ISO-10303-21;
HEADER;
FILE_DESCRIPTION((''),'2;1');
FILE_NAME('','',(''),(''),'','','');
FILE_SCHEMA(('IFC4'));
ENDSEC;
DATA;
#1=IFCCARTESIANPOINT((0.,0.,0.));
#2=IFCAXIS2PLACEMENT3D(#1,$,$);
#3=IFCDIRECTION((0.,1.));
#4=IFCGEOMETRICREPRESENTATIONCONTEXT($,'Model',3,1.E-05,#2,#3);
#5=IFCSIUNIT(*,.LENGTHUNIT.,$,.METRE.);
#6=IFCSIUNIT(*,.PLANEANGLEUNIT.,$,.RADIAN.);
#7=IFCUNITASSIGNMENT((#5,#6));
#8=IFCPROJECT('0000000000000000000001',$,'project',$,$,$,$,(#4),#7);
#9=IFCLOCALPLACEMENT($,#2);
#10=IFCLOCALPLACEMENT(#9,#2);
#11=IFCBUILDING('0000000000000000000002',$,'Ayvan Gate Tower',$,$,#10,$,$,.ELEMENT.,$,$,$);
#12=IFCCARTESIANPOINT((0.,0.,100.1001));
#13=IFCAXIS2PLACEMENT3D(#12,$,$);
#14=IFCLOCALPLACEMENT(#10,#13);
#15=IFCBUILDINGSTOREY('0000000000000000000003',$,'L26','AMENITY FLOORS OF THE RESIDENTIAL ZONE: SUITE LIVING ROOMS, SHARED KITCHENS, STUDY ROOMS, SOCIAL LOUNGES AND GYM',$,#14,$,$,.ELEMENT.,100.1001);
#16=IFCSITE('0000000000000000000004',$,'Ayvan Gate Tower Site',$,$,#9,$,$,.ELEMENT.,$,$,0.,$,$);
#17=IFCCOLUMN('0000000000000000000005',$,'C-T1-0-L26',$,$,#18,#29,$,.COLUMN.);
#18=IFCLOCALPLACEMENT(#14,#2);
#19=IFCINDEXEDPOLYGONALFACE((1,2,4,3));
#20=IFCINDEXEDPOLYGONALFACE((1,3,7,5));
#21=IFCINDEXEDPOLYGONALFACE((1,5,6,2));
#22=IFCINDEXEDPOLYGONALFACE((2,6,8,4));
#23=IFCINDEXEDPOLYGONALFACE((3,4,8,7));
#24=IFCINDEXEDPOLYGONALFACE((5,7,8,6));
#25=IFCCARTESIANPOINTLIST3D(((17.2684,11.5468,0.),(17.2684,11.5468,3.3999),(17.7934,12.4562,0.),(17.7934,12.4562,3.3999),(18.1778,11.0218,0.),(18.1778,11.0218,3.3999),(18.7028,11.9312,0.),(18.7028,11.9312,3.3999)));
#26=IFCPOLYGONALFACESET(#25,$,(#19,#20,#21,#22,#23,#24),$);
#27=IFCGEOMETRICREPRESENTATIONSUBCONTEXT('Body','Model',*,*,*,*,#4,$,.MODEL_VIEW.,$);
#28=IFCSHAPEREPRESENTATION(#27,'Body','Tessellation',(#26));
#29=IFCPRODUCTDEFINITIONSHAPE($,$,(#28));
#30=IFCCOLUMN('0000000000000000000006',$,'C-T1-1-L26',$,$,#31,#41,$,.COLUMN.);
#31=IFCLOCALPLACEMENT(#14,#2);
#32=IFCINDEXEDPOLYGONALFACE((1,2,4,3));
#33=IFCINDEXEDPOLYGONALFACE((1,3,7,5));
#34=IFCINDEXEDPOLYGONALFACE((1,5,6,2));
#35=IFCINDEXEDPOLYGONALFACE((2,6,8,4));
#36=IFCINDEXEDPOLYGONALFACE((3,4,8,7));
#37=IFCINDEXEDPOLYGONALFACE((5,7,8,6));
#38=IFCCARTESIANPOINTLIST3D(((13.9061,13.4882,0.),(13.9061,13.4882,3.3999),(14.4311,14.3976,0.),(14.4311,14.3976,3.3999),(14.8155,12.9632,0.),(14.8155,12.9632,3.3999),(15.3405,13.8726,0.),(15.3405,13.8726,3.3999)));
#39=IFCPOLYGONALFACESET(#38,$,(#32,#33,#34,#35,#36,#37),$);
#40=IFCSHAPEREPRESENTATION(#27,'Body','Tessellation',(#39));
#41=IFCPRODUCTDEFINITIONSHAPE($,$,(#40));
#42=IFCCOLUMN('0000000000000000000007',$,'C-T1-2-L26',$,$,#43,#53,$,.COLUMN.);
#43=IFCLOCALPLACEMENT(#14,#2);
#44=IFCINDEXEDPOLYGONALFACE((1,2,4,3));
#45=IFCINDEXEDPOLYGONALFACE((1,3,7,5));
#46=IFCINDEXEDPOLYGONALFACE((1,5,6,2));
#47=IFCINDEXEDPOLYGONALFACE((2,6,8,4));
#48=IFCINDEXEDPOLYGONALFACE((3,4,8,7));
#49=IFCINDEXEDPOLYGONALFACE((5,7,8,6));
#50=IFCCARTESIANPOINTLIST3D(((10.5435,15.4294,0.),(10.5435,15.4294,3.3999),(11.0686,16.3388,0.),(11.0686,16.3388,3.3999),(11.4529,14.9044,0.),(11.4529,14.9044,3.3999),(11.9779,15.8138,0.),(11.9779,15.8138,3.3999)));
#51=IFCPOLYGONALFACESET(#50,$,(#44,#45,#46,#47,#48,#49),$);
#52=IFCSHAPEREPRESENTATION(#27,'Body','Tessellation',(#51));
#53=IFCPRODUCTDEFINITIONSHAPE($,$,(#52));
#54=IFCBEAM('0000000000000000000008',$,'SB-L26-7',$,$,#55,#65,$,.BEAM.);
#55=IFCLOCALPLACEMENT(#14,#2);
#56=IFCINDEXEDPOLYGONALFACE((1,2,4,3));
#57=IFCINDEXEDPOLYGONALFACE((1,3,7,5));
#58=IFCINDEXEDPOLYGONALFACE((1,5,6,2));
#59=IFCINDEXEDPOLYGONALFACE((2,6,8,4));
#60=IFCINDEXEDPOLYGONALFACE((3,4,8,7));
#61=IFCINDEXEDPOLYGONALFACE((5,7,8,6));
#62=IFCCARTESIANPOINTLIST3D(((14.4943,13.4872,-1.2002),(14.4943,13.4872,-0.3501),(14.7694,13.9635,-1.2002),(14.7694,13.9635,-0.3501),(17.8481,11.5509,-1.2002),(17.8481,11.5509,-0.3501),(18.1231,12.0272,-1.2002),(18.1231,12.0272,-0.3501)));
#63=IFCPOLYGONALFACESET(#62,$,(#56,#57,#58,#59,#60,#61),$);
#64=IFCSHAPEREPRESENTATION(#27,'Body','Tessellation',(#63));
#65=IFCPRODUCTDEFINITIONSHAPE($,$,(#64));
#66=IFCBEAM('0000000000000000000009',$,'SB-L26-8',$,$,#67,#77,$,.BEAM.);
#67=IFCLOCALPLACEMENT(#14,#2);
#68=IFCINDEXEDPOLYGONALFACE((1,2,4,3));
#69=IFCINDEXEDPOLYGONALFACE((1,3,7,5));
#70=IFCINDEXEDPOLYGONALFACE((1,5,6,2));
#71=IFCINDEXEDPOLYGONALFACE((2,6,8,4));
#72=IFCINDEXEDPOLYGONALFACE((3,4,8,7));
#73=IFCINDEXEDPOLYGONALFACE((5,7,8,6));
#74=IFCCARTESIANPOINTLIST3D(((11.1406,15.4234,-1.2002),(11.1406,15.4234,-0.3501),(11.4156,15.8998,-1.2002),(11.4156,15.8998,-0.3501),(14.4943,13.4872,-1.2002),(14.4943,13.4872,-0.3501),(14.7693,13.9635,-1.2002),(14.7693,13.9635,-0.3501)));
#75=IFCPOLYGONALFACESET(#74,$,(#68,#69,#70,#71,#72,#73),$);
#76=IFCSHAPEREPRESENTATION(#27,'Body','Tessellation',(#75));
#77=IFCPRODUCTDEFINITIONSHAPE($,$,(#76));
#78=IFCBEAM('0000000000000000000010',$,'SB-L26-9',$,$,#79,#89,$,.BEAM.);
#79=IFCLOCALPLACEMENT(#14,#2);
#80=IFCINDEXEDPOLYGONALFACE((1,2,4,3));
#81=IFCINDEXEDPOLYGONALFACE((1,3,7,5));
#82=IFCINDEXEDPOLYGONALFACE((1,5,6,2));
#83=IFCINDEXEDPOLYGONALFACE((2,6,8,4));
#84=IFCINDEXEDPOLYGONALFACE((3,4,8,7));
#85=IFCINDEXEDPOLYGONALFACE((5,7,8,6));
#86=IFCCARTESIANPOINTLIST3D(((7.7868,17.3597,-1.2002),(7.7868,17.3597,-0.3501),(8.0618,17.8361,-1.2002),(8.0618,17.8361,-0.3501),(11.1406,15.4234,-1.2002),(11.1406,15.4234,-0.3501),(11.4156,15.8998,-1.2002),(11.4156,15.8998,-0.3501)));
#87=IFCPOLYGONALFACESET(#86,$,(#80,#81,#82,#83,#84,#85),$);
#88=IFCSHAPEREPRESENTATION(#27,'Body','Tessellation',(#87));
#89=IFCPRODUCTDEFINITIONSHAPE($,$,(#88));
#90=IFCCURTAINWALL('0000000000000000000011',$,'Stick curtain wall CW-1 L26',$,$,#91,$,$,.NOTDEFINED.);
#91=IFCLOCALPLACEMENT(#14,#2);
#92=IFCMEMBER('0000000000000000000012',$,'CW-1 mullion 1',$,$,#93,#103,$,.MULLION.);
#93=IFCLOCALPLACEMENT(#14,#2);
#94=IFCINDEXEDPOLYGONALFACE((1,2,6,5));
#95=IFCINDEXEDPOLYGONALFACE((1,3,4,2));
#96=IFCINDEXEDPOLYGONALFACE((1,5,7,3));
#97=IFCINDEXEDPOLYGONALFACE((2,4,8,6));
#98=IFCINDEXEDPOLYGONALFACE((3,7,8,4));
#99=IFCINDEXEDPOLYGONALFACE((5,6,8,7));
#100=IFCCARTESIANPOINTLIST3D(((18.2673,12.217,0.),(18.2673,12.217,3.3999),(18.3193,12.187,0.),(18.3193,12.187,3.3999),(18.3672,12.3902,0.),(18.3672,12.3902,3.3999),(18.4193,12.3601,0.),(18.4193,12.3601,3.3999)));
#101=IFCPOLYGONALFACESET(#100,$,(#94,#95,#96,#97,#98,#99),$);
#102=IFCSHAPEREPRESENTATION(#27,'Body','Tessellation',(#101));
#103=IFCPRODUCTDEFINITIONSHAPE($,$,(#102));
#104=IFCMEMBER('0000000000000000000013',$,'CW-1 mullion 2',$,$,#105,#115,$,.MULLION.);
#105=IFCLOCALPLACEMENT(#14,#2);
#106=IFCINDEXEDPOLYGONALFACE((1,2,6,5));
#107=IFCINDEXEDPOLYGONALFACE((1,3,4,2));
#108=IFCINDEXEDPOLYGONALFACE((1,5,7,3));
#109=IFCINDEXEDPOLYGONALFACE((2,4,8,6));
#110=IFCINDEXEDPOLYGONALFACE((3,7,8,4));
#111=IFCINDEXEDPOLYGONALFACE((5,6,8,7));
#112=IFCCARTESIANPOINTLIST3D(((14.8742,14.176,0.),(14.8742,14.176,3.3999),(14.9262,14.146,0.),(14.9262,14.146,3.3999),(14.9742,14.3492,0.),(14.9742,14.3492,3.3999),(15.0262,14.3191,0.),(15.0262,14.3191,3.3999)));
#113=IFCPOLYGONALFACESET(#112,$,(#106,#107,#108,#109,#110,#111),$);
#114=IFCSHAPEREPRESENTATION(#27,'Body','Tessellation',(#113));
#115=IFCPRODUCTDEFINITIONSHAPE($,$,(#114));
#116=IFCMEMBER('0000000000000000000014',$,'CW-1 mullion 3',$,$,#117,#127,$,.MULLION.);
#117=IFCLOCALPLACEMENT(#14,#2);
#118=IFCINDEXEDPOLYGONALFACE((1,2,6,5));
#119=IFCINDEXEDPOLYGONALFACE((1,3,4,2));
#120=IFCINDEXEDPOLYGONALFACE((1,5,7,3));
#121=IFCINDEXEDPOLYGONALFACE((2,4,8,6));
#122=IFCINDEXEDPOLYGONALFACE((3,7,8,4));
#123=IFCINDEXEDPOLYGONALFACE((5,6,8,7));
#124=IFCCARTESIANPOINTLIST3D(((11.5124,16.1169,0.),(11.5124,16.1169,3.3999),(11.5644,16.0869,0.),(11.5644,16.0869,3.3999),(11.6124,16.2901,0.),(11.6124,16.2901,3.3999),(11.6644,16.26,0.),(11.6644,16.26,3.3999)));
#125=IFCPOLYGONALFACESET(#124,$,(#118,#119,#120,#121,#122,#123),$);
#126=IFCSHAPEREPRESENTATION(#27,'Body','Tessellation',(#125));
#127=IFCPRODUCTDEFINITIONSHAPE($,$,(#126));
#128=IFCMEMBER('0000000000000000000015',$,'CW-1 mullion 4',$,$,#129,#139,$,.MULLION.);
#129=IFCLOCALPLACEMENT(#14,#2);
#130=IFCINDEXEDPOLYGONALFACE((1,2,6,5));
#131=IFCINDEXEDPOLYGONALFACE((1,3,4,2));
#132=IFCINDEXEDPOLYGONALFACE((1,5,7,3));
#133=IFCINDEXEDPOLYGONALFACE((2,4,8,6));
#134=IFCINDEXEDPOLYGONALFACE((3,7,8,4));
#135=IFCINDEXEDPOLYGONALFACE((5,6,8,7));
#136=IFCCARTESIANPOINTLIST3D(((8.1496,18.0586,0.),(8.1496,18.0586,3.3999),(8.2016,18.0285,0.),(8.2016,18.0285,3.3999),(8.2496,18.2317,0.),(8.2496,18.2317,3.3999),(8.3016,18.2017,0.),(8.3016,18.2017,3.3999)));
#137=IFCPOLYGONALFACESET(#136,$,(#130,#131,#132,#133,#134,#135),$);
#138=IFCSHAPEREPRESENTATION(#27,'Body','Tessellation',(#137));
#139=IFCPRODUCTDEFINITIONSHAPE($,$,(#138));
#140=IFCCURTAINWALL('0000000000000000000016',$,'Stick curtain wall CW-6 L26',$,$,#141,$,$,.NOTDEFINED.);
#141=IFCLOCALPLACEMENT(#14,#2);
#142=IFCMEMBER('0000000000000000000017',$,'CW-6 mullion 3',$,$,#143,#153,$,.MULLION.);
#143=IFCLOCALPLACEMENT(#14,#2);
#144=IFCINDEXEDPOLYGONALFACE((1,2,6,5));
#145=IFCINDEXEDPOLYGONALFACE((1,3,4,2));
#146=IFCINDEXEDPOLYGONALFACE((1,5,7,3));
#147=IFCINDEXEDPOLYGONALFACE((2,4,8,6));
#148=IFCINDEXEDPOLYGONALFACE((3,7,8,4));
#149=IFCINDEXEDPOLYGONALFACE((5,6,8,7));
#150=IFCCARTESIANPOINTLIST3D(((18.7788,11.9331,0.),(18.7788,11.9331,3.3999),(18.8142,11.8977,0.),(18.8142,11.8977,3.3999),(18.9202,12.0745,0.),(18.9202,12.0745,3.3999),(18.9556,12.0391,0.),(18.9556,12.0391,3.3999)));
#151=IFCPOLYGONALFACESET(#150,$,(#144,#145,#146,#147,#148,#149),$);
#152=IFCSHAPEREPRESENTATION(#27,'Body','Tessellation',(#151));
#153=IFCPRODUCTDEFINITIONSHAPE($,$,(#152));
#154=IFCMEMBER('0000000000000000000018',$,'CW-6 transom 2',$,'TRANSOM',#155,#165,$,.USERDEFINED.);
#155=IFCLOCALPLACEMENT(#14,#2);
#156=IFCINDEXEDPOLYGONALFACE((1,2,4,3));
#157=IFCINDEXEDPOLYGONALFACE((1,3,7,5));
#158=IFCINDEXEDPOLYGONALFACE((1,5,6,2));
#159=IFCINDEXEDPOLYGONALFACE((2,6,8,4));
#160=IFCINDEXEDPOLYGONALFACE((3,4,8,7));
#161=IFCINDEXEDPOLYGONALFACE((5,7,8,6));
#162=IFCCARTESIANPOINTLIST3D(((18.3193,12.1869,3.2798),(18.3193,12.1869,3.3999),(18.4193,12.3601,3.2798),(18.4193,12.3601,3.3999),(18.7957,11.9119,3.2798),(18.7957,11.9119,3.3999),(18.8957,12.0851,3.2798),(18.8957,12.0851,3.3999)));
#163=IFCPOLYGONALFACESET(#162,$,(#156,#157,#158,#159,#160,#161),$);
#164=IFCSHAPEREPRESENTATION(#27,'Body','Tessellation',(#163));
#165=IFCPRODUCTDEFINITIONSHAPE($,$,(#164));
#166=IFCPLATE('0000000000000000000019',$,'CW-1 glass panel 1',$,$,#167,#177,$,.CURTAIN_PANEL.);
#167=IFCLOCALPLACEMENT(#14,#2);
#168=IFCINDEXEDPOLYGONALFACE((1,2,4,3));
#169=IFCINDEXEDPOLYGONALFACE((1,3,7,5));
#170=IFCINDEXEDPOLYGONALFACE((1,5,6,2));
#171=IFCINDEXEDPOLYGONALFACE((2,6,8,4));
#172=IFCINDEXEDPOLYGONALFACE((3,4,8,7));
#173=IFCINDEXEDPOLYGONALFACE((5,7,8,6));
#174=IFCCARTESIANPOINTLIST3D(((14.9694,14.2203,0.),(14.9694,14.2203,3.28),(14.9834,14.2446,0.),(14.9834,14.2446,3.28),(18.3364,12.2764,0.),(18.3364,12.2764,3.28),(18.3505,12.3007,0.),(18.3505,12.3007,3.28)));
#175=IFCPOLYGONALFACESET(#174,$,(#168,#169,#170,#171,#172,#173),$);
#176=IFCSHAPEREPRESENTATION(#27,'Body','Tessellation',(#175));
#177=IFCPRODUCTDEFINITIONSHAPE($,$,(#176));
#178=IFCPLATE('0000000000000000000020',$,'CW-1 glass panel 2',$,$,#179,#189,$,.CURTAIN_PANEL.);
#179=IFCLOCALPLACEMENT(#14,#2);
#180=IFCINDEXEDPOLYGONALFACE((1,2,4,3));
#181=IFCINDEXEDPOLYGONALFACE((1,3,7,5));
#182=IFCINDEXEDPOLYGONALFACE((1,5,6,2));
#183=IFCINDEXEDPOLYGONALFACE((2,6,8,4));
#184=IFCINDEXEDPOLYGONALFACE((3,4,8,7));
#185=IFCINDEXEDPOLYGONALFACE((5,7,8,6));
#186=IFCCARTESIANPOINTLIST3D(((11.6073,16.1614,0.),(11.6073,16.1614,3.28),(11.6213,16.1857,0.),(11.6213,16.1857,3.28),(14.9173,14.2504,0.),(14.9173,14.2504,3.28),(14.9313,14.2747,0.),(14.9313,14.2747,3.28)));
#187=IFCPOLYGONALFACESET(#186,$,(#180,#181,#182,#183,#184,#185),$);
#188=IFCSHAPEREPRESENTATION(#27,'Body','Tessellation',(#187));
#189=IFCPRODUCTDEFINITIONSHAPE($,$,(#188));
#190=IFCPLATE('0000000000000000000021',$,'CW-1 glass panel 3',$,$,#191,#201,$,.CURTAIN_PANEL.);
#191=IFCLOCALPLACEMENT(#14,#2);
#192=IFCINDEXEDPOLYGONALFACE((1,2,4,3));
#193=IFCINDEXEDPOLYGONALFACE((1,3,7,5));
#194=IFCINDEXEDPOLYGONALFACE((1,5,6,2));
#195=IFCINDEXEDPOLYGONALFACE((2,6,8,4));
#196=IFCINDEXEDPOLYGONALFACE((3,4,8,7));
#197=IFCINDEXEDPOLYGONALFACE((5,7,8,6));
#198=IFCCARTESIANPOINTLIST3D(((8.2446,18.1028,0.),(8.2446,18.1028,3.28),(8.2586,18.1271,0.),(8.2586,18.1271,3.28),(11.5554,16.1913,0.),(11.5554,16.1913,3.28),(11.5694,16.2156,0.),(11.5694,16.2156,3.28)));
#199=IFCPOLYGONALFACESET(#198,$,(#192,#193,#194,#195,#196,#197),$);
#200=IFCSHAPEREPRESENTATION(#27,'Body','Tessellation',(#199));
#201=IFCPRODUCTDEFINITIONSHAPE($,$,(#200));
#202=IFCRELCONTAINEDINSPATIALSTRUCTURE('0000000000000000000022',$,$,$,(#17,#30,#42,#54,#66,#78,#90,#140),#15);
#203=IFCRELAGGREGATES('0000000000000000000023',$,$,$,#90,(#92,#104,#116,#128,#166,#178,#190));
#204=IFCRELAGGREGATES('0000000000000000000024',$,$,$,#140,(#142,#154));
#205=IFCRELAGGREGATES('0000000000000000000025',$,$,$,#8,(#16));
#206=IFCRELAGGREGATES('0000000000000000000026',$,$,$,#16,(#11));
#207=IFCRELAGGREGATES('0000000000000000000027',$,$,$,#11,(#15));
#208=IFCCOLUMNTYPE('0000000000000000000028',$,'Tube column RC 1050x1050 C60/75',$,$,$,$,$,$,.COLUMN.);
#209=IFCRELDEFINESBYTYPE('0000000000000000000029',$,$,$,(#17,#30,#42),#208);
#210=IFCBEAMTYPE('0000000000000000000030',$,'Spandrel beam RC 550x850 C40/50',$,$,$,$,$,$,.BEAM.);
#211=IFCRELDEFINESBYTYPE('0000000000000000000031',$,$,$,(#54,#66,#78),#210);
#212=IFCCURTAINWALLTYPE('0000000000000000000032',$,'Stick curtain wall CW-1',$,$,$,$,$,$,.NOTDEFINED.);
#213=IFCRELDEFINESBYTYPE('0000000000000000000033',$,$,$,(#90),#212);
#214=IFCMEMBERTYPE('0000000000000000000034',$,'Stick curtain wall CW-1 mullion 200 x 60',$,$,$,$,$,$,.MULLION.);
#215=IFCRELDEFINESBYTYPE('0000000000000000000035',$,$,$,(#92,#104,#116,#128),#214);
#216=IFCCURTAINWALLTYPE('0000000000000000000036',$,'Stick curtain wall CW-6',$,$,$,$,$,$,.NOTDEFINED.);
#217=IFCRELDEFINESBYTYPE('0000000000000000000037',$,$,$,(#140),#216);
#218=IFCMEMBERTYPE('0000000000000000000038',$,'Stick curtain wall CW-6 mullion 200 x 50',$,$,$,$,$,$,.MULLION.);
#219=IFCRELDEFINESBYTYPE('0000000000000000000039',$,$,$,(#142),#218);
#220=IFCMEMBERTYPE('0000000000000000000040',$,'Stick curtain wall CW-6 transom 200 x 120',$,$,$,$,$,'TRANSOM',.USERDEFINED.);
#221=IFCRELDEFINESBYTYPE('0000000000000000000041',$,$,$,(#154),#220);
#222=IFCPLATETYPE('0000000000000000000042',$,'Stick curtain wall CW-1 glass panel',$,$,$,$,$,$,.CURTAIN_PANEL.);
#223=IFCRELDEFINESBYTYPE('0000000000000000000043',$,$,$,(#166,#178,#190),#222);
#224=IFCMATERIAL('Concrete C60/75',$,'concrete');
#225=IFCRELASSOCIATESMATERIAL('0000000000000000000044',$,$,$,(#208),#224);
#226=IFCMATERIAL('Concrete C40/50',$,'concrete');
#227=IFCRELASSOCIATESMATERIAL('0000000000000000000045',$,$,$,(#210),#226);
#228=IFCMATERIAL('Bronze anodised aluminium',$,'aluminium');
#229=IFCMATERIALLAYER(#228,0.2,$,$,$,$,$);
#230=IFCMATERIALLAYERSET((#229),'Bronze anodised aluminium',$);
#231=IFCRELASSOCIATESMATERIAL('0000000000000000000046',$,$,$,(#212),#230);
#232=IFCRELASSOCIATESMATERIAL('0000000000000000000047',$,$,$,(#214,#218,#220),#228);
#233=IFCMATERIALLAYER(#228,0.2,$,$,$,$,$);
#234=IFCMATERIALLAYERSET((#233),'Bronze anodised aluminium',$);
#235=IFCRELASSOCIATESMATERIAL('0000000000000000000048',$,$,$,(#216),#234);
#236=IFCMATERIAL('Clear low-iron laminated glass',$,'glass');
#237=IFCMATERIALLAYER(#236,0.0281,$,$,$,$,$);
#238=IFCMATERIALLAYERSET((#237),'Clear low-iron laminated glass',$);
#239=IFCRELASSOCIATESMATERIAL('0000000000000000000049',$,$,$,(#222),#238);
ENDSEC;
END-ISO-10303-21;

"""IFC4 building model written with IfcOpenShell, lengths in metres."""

from ifc_helpers import new_model, si_unit, direction, frame, origin, origin_2d, place, context, subcontext, project, spatial, rectangle, extrude, material, layer, layer_set, material_profile, profile_set, type_object, element, aggregate, save


model = new_model("IFC4")

# Units and contexts
model_context = context("Model", 3, precision=1e-05, world=origin(), true_north=direction((0.0, 1.0)))
body_context = subcontext(model_context, "Body", "Model", "MODEL_VIEW")
ifc_project = project(units=[si_unit("LENGTHUNIT", "METRE"), si_unit("PLANEANGLEUNIT", "RADIAN")], contexts=[model_context])

# Site, building, storey
site_placement = place(None, origin())
site = spatial("IfcSite", under=ifc_project, at=site_placement, Name="Ayvan Gate Tower Site", CompositionType="ELEMENT", RefElevation=0.0)
building_placement = place(site_placement, origin())
building = spatial("IfcBuilding", under=site, at=building_placement, Name="Ayvan Gate Tower", CompositionType="ELEMENT")
storey_placement = place(building_placement, frame((0.0, 0.0, 100.1001)))
storey = spatial("IfcBuildingStorey", under=building, at=storey_placement, Name="L26", Description="AMENITY FLOORS OF THE RESIDENTIAL ZONE: SUITE LIVING ROOMS, SHARED KITCHENS, STUDY ROOMS, SOCIAL LOUNGES AND GYM", CompositionType="ELEMENT", Elevation=100.1001)

# Columns
ifc_material_1 = material(Name="Concrete C60/75", Category="concrete")
ifc_material_profile_1 = material_profile(ifc_material_1, rectangle(XDim=1.05, YDim=1.05, at=origin_2d()), Name="RC 1050x1050")
ifc_profile_set_1 = profile_set([ifc_material_profile_1], Name="Concrete C60/75")
column_type = type_object("IfcColumnType", Name="Tube column RC 1050x1050 C60/75", PredefinedType="COLUMN", material=ifc_profile_set_1)
for number, where, z_axis, x_axis, name in (
    (1, (17.9856, 11.739, 0.0), (0.0, 0.0, 1.0), (0.5, 0.866025, 0.0), "C-T1-0-L26"),
    (2, (14.6233, 13.6804, 0.0), (0.0, 0.0, 1.0), (0.5, 0.866025, 0.0), "C-T1-1-L26"),
    (3, (11.2607, 15.6216, 0.0), (0.0, 0.0, 1.0), (0.5, 0.866025, 0.0), "C-T1-2-L26"),
):
    element("IfcColumn", number, at=place(storey_placement, frame(where, z_axis=z_axis, x_axis=x_axis)), inside=storey, type_object=column_type, Name=name, PredefinedType="COLUMN", context=body_context, shape_type="SweptSolid", body=[
        extrude(rectangle(XDim=1.05, YDim=1.05, at=origin_2d()), origin(), (0.0, 0.0, 1.0), 3.3999),
    ])

# Beams
ifc_material_2 = material(Name="Concrete C40/50", Category="concrete")
ifc_material_profile_2 = material_profile(ifc_material_2, rectangle(XDim=0.55, YDim=0.8501, at=origin_2d()), Name="RC 550x850")
ifc_profile_set_2 = profile_set([ifc_material_profile_2], Name="Concrete C40/50")
beam_type = type_object("IfcBeamType", Name="Spandrel beam RC 550x850 C40/50", PredefinedType="BEAM", material=ifc_profile_set_2)
for number, where, z_axis, x_axis, name in (
    (4, (17.9856, 11.7891, -0.7751), (-0.866027, 0.499997, 0.0), (-0.499997, -0.866027, 0.0), "SB-L26-7"),
    (5, (14.6318, 13.7253, -0.7751), (-0.866027, 0.499997, 0.0), (-0.499997, -0.866027, 0.0), "SB-L26-8"),
    (6, (11.2781, 15.6616, -0.7751), (-0.866027, 0.499997, 0.0), (-0.499997, -0.866027, 0.0), "SB-L26-9"),
):
    element("IfcBeam", number, at=place(storey_placement, frame(where, z_axis=z_axis, x_axis=x_axis)), inside=storey, type_object=beam_type, Name=name, PredefinedType="BEAM", context=body_context, shape_type="SweptSolid", body=[
        extrude(rectangle(XDim=0.55, YDim=0.8501, at=origin_2d()), origin(), (0.0, 0.0, 1.0), 3.8726),
    ])

# Curtain walls, members
ifc_material_3 = material(Name="Bronze anodised aluminium", Category="aluminium")
ifc_layer_1 = layer(ifc_material_3, 0.2)
ifc_layer_set_1 = layer_set([ifc_layer_1], Name="Bronze anodised aluminium")
curtain_wall_type_1 = type_object("IfcCurtainWallType", Name="Stick curtain wall CW-1", PredefinedType="NOTDEFINED", material=ifc_layer_set_1)
curtain_wall_1_placement = place(storey_placement, origin())
curtain_wall_1 = element("IfcCurtainWall", 7, at=curtain_wall_1_placement, inside=storey, type_object=curtain_wall_type_1, Name="Stick curtain wall CW-1 L26", PredefinedType="NOTDEFINED")
ifc_material_profile_3 = material_profile(ifc_material_3, rectangle(XDim=0.2, YDim=0.0601, at=origin_2d()), Name="Stick curtain wall CW-1 mullion 200 x 60")
ifc_profile_set_3 = profile_set([ifc_material_profile_3], Name="Bronze anodised aluminium")
member_type_1 = type_object("IfcMemberType", Name="Stick curtain wall CW-1 mullion 200 x 60", PredefinedType="MULLION", material=ifc_profile_set_3)
member_1_placement = place(storey_placement, frame((18.3433, 12.2886, 0.0), z_axis=(0.0, 0.0, 1.0), x_axis=(0.5, 0.866025, 0.0)))
member_1 = element("IfcMember", 8, at=member_1_placement, type_object=member_type_1, Name="CW-1 mullion 1", PredefinedType="MULLION", context=body_context, shape_type="SweptSolid", body=[
    extrude(rectangle(XDim=0.2, YDim=0.0601, at=origin_2d()), origin(), (0.0, 0.0, 1.0), 3.3999),
])
member_2_placement = place(storey_placement, frame((14.9502, 14.2476, 0.0), z_axis=(0.0, 0.0, 1.0), x_axis=(0.5, 0.866025, 0.0)))
member_2 = element("IfcMember", 9, at=member_2_placement, type_object=member_type_1, Name="CW-1 mullion 2", PredefinedType="MULLION", context=body_context, shape_type="SweptSolid", body=[
    extrude(rectangle(XDim=0.2, YDim=0.0601, at=origin_2d()), origin(), (0.0, 0.0, 1.0), 3.3999),
])
member_3_placement = place(storey_placement, frame((11.5884, 16.1885, 0.0), z_axis=(0.0, 0.0, 1.0), x_axis=(0.5, 0.866025, 0.0)))
member_3 = element("IfcMember", 10, at=member_3_placement, type_object=member_type_1, Name="CW-1 mullion 3", PredefinedType="MULLION", context=body_context, shape_type="SweptSolid", body=[
    extrude(rectangle(XDim=0.2, YDim=0.0601, at=origin_2d()), origin(), (0.0, 0.0, 1.0), 3.3999),
])
member_4_placement = place(storey_placement, frame((8.2256, 18.1301, 0.0), z_axis=(0.0, 0.0, 1.0), x_axis=(0.5, 0.866025, 0.0)))
member_4 = element("IfcMember", 11, at=member_4_placement, type_object=member_type_1, Name="CW-1 mullion 4", PredefinedType="MULLION", context=body_context, shape_type="SweptSolid", body=[
    extrude(rectangle(XDim=0.2, YDim=0.0601, at=origin_2d()), origin(), (0.0, 0.0, 1.0), 3.3999),
])
ifc_layer_2 = layer(ifc_material_3, 0.2)
ifc_layer_set_2 = layer_set([ifc_layer_2], Name="Bronze anodised aluminium")
curtain_wall_type_2 = type_object("IfcCurtainWallType", Name="Stick curtain wall CW-6", PredefinedType="NOTDEFINED", material=ifc_layer_set_2)
curtain_wall_2_placement = place(storey_placement, origin())
curtain_wall_2 = element("IfcCurtainWall", 12, at=curtain_wall_2_placement, inside=storey, type_object=curtain_wall_type_2, Name="Stick curtain wall CW-6 L26", PredefinedType="NOTDEFINED")
ifc_material_profile_4 = material_profile(ifc_material_3, rectangle(XDim=0.2, YDim=0.05, at=origin_2d()), Name="Stick curtain wall CW-6 mullion 200 x 50")
ifc_profile_set_4 = profile_set([ifc_material_profile_4], Name="Bronze anodised aluminium")
member_type_2 = type_object("IfcMemberType", Name="Stick curtain wall CW-6 mullion 200 x 50", PredefinedType="MULLION", material=ifc_profile_set_4)
member_5_placement = place(storey_placement, frame((18.8672, 11.9861, 0.0), z_axis=(0.0, 0.0, 1.0), x_axis=(0.707107, 0.707107, 0.0)))
member_5 = element("IfcMember", 13, at=member_5_placement, type_object=member_type_2, Name="CW-6 mullion 3", PredefinedType="MULLION", context=body_context, shape_type="SweptSolid", body=[
    extrude(rectangle(XDim=0.2, YDim=0.05, at=origin_2d()), origin(), (0.0, 0.0, 1.0), 3.3999),
])
ifc_material_profile_5 = material_profile(ifc_material_3, rectangle(XDim=0.2, YDim=0.1201, at=origin_2d()), Name="Stick curtain wall CW-6 transom 200 x 120")
ifc_profile_set_5 = profile_set([ifc_material_profile_5], Name="Bronze anodised aluminium")
member_type_3 = type_object("IfcMemberType", Name="Stick curtain wall CW-6 transom 200 x 120", ElementType="TRANSOM", PredefinedType="USERDEFINED", material=ifc_profile_set_5)
member_6_placement = place(storey_placement, frame((18.8457, 11.9985, 3.3398), z_axis=(-0.866104, 0.499863, 0.0), x_axis=(-0.499863, -0.866104, 0.0)))
member_6 = element("IfcMember", 14, at=member_6_placement, type_object=member_type_3, Name="CW-6 transom 2", ObjectType="TRANSOM", PredefinedType="USERDEFINED", context=body_context, shape_type="SweptSolid", body=[
    extrude(rectangle(XDim=0.2, YDim=0.1201, at=origin_2d()), origin(), (0.0, 0.0, 1.0), 0.55),
])

# Plates
ifc_material_4 = material(Name="Clear low-iron laminated glass", Category="glass")
ifc_layer_3 = layer(ifc_material_4, 0.0281)
ifc_layer_set_3 = layer_set([ifc_layer_3], Name="Clear low-iron laminated glass")
plate_type_1 = type_object("IfcPlateType", Name="Stick curtain wall CW-1 glass panel", PredefinedType="CURTAIN_PANEL", material=ifc_layer_set_3)
plate_1_placement = place(storey_placement, frame((16.6599, 13.2605, 0.0), z_axis=(0.0, 0.0, 1.0), x_axis=(-0.866025, 0.5, 0.0)))
plate_1 = element("IfcPlate", 15, at=plate_1_placement, type_object=plate_type_1, Name="CW-1 glass panel 1", PredefinedType="CURTAIN_PANEL", context=body_context, shape_type="SweptSolid", body=[
    extrude(rectangle(XDim=3.8879, YDim=0.0281, at=origin_2d()), origin(), (0.0, 0.0, 1.0), 3.28),
])
plate_2_placement = place(storey_placement, frame((13.2693, 15.218, 0.0), z_axis=(0.0, 0.0, 1.0), x_axis=(-0.866025, 0.5, 0.0)))
plate_2 = element("IfcPlate", 16, at=plate_2_placement, type_object=plate_type_1, Name="CW-1 glass panel 2", PredefinedType="CURTAIN_PANEL", context=body_context, shape_type="SweptSolid", body=[
    extrude(rectangle(XDim=3.822, YDim=0.0281, at=origin_2d()), origin(), (0.0, 0.0, 1.0), 3.28),
])
plate_3_placement = place(storey_placement, frame((9.907, 17.1592, 0.0), z_axis=(0.0, 0.0, 1.0), x_axis=(-0.866025, 0.5, 0.0)))
plate_3 = element("IfcPlate", 17, at=plate_3_placement, type_object=plate_type_1, Name="CW-1 glass panel 3", PredefinedType="CURTAIN_PANEL", context=body_context, shape_type="SweptSolid", body=[
    extrude(rectangle(XDim=3.823, YDim=0.0281, at=origin_2d()), origin(), (0.0, 0.0, 1.0), 3.28),
])
aggregate(curtain_wall_1, [member_1, member_2, member_3, member_4, plate_1, plate_2, plate_3])
aggregate(curtain_wall_2, [member_5, member_6])

save(model, "model.ifc")
